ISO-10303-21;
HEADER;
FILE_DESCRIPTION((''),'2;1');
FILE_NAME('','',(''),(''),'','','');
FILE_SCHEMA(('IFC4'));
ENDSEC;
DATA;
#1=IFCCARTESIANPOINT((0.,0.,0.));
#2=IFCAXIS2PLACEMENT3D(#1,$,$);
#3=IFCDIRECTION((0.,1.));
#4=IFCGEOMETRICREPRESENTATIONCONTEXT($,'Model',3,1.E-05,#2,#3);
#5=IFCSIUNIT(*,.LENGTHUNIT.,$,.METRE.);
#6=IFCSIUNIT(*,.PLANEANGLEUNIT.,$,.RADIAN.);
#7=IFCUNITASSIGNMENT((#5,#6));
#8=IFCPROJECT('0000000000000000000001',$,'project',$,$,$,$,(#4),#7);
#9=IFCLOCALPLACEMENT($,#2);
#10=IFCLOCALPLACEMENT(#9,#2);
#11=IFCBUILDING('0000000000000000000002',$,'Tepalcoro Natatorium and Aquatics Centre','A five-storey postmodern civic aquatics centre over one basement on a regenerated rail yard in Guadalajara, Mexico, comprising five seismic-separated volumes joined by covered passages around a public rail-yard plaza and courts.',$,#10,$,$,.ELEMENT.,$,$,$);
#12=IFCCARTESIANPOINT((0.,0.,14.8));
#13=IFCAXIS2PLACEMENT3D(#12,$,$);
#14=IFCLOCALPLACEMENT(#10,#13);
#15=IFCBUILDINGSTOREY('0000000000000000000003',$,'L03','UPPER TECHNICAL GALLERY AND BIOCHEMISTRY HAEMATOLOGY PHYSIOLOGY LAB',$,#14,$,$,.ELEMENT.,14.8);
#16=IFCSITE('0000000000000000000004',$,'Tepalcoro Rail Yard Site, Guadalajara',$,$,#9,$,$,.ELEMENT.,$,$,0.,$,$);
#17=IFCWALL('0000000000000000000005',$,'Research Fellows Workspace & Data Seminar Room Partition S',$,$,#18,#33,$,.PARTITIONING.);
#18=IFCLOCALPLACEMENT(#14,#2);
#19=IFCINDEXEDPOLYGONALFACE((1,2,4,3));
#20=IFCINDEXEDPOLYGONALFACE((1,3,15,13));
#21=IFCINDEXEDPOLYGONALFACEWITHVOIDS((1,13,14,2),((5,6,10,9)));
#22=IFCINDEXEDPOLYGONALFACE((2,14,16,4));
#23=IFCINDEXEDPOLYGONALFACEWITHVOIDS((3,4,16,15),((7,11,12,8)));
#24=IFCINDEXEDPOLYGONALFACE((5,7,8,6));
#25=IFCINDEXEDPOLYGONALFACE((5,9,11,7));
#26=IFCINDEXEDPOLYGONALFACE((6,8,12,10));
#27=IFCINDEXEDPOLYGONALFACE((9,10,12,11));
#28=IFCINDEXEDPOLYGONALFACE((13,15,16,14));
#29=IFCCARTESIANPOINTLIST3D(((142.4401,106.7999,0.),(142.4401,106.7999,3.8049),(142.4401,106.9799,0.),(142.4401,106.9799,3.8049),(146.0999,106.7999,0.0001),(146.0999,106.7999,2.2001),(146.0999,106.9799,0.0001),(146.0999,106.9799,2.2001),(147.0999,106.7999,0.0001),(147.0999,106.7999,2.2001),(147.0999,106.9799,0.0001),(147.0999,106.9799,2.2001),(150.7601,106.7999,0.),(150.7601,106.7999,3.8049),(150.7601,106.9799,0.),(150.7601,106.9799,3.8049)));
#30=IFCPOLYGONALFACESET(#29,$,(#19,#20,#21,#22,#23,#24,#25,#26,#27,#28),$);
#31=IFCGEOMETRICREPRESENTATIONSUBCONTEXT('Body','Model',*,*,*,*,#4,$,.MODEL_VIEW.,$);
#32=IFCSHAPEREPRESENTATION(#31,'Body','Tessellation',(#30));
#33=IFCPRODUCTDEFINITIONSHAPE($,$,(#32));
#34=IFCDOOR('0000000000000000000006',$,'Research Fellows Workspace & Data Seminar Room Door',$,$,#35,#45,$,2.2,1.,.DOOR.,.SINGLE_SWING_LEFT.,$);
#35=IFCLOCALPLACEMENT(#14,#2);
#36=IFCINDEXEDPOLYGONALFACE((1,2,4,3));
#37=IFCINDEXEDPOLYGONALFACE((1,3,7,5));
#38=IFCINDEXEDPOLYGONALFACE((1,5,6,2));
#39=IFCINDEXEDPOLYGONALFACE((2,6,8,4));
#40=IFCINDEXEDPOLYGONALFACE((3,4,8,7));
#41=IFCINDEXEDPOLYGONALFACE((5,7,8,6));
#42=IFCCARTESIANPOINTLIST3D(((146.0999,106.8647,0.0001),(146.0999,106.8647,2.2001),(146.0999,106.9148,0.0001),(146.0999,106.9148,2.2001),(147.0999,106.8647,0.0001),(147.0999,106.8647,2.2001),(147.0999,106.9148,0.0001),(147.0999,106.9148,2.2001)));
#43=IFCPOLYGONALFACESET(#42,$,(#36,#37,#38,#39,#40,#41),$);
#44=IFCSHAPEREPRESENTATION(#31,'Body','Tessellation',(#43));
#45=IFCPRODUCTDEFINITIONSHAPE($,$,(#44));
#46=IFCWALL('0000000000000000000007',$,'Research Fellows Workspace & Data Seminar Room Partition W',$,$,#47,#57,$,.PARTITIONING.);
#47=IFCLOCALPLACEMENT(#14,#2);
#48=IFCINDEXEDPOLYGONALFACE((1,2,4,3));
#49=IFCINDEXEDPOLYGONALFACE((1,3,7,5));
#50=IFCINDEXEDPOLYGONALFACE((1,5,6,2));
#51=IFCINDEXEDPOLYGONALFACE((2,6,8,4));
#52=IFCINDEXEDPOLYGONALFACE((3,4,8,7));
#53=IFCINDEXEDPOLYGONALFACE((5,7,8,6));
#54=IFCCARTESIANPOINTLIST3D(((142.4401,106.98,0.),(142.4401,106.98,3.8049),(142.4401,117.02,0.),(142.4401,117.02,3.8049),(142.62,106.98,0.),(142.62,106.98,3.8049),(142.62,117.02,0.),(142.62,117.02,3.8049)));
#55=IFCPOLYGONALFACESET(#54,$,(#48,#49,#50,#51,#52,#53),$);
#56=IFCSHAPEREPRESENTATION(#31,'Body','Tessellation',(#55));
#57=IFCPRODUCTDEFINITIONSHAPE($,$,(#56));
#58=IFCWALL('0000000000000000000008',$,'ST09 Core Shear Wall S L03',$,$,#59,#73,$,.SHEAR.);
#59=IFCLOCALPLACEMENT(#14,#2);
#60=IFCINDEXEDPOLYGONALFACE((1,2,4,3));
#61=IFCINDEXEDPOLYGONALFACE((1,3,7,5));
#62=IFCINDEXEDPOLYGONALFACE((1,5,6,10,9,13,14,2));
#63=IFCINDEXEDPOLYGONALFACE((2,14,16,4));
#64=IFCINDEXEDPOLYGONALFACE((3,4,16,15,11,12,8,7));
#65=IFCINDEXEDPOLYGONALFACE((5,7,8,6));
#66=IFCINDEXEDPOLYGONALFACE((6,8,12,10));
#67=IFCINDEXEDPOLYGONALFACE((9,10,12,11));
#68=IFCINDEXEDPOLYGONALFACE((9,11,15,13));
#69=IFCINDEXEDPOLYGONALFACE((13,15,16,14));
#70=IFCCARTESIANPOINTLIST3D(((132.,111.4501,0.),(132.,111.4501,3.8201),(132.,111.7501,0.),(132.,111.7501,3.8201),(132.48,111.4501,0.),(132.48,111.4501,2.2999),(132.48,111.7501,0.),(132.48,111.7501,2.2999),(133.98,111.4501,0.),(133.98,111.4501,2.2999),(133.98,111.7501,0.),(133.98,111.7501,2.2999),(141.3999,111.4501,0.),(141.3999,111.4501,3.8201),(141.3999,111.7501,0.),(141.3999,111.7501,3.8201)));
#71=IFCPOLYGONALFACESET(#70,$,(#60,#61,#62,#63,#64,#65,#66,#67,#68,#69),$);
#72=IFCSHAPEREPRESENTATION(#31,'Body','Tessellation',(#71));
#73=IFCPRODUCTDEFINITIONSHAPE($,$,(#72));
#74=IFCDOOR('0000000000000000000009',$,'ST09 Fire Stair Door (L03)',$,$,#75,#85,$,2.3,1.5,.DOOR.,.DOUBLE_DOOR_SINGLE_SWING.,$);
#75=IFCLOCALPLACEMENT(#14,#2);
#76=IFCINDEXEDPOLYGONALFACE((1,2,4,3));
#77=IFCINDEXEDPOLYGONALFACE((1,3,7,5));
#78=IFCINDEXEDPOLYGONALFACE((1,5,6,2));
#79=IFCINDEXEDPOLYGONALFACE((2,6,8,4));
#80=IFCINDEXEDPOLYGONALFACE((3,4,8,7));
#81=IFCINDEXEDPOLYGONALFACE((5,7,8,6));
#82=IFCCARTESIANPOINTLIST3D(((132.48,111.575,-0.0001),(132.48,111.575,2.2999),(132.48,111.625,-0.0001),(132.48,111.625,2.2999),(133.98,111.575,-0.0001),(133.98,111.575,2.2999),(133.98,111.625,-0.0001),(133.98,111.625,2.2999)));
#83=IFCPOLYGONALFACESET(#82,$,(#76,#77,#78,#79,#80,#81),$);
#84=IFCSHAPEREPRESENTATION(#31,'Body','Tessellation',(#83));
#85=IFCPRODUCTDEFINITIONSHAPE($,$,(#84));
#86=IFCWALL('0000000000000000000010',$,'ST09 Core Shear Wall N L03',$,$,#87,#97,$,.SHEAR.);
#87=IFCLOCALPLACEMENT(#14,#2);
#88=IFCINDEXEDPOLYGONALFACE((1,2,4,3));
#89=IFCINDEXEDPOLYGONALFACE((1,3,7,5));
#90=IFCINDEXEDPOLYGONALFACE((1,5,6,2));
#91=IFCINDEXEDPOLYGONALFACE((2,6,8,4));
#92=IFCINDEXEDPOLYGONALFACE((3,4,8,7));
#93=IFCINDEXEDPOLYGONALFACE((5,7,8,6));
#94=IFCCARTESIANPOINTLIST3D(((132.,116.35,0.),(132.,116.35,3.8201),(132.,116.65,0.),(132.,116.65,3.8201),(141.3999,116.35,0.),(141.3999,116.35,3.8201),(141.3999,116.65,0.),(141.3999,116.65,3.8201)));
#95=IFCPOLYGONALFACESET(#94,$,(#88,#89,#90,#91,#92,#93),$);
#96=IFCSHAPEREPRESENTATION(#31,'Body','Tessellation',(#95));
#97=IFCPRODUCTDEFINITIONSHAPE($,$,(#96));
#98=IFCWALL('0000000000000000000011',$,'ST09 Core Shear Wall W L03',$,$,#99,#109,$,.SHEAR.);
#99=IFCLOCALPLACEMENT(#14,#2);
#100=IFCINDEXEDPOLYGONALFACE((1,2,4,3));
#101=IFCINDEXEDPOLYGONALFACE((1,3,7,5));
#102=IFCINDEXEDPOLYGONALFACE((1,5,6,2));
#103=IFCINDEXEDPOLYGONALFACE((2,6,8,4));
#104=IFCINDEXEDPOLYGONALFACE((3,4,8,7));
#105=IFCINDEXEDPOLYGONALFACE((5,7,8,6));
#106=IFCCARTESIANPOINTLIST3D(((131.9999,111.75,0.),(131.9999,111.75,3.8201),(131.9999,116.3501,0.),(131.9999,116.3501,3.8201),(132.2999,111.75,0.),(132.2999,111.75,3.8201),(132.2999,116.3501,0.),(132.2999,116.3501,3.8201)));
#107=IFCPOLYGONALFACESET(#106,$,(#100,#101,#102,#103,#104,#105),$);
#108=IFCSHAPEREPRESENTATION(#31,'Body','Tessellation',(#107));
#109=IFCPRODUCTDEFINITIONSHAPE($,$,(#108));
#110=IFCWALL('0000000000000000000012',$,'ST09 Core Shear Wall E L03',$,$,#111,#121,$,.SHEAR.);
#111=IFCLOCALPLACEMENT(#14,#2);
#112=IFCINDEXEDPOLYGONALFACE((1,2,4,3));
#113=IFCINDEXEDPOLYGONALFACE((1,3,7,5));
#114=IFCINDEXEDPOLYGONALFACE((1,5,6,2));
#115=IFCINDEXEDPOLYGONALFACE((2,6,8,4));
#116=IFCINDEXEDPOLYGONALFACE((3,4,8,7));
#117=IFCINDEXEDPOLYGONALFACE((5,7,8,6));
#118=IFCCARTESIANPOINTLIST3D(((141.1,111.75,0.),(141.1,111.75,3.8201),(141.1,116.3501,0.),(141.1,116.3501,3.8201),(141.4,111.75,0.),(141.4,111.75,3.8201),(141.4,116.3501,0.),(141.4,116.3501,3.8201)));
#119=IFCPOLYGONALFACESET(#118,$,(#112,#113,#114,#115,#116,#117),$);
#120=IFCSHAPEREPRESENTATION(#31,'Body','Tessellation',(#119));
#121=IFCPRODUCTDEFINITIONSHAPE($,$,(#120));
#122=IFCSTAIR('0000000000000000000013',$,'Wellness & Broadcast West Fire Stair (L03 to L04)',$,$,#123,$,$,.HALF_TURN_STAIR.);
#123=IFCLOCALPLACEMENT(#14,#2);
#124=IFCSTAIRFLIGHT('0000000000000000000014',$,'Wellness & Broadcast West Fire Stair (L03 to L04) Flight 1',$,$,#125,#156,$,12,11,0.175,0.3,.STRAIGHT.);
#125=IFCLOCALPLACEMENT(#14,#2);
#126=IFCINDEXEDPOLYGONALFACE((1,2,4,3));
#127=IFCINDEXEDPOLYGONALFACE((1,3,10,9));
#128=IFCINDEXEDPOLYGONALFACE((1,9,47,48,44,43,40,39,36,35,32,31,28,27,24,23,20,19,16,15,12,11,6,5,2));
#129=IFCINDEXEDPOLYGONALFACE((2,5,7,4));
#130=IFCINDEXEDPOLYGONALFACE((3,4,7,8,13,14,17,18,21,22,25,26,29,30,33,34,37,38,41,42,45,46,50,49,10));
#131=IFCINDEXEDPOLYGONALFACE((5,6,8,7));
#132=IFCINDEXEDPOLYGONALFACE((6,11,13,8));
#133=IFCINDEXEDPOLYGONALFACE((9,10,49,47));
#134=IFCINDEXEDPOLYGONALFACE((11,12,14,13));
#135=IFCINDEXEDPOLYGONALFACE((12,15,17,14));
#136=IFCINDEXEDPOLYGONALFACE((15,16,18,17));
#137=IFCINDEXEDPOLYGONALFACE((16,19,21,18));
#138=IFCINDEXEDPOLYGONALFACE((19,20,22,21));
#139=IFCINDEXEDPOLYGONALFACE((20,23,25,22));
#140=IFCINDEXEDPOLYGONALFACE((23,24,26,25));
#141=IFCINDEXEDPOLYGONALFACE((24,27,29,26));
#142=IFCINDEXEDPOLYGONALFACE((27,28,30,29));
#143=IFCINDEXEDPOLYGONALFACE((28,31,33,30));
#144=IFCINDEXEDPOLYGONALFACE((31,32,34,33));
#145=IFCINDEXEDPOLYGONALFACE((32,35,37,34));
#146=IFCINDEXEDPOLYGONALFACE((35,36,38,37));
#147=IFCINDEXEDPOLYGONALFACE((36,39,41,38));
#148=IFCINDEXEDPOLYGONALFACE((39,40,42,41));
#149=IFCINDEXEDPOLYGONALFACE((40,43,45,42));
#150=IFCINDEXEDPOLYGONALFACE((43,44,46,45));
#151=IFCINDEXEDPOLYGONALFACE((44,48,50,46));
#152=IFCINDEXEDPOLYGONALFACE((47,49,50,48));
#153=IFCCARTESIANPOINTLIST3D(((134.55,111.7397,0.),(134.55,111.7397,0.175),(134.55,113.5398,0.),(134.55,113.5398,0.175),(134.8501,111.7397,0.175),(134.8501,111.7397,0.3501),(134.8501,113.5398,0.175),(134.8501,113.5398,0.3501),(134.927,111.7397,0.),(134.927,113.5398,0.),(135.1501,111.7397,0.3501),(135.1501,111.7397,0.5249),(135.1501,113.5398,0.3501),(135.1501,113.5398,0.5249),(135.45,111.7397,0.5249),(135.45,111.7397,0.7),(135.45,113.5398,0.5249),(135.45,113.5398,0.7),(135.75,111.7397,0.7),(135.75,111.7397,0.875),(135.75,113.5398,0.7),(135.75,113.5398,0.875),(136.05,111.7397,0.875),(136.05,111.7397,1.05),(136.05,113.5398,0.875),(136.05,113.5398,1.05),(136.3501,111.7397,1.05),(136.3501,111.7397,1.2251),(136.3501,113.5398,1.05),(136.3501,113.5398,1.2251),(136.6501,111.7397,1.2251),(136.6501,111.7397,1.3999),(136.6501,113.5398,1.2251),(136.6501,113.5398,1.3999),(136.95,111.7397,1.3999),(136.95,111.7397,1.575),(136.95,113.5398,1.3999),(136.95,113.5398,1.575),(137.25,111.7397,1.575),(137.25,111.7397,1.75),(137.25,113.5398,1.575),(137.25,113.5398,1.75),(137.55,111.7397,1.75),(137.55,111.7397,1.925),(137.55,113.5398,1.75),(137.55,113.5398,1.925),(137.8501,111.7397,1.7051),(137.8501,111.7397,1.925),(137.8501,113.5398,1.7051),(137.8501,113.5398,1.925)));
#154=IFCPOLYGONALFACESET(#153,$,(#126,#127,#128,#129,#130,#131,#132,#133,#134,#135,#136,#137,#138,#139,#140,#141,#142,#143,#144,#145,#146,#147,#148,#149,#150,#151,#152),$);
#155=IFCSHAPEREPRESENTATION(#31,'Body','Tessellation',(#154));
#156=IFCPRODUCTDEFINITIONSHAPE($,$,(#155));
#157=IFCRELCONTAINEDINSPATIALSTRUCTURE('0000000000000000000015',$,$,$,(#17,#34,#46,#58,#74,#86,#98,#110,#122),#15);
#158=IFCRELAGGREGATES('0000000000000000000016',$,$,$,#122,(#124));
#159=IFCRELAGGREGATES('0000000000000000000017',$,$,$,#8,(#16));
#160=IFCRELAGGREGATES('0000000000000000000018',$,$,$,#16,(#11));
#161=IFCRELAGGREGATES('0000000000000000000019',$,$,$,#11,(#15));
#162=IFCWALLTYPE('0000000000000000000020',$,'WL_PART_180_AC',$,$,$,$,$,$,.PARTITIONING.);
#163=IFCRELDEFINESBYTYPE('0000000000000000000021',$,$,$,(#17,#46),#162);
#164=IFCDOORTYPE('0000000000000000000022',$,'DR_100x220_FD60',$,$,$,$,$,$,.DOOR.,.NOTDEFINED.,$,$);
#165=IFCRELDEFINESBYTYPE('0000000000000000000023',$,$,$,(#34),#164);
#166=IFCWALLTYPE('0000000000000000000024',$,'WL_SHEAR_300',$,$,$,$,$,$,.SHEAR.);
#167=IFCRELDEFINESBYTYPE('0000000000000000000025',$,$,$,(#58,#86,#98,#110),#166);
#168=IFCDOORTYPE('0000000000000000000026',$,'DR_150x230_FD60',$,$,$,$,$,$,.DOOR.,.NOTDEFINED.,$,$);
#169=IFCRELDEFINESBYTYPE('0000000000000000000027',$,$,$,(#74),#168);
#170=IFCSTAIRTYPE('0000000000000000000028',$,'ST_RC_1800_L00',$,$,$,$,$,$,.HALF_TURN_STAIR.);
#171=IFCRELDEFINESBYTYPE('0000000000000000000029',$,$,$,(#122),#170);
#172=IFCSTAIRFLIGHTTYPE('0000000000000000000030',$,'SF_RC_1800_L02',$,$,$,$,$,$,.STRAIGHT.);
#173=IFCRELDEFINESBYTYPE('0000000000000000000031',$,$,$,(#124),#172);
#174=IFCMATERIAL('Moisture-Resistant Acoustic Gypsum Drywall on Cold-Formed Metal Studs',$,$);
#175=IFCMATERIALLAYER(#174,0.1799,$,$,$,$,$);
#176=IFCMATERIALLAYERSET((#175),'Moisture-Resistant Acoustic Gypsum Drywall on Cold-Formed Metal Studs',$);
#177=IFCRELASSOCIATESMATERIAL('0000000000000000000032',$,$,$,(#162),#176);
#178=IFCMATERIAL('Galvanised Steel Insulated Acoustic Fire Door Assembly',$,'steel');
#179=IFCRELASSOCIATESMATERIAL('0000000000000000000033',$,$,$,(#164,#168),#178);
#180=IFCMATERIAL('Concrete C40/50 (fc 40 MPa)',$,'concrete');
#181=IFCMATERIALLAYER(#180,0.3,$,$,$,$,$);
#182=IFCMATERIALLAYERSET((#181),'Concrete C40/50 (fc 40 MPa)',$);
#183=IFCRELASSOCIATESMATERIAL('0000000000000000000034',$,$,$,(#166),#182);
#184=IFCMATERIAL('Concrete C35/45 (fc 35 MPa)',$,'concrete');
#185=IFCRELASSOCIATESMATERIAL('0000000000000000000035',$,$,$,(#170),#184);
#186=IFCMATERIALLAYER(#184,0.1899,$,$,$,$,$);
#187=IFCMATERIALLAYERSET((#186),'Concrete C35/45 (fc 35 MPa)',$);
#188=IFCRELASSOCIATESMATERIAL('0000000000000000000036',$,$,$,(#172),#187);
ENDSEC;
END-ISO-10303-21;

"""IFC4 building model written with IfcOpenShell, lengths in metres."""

from ifc_helpers import new_model, si_unit, direction, frame, frame_2d, origin, place, context, subcontext, project, spatial, polyline, rectangle, outline, extrude, material, layer, layer_set, type_object, element, fill, aggregate, save


model = new_model("IFC4")

# Units and contexts
model_context = context("Model", 3, precision=1e-05, world=origin(), true_north=direction((0.0, 1.0)))
body_context = subcontext(model_context, "Body", "Model", "MODEL_VIEW")
ifc_project = project(units=[si_unit("LENGTHUNIT", "METRE"), si_unit("PLANEANGLEUNIT", "RADIAN")], contexts=[model_context])

# Site, building, storey
site_placement = place(None, origin())
site = spatial("IfcSite", under=ifc_project, at=site_placement, Name="Tepalcoro Rail Yard Site, Guadalajara", CompositionType="ELEMENT", RefElevation=0.0)
building_placement = place(site_placement, origin())
building = spatial("IfcBuilding", under=site, at=building_placement, Name="Tepalcoro Natatorium and Aquatics Centre", Description="A five-storey postmodern civic aquatics centre over one basement on a regenerated rail yard in Guadalajara, Mexico, comprising five seismic-separated volumes joined by covered passages around a public rail-yard plaza and courts.", CompositionType="ELEMENT")
storey_placement = place(building_placement, frame((0.0, 0.0, 14.8)))
storey = spatial("IfcBuildingStorey", under=building, at=storey_placement, Name="L03", Description="UPPER TECHNICAL GALLERY AND BIOCHEMISTRY HAEMATOLOGY PHYSIOLOGY LAB", CompositionType="ELEMENT", Elevation=14.8)

# Shared definitions
ifc_material_1 = material(Name="Concrete C40/50 (fc 40 MPa)", Category="concrete")

# Wall, opening, door
ifc_material_2 = material(Name="Moisture-Resistant Acoustic Gypsum Drywall on Cold-Formed Metal Studs")
ifc_layer_1 = layer(ifc_material_2, 0.1799)
ifc_layer_set_1 = layer_set([ifc_layer_1], Name="Moisture-Resistant Acoustic Gypsum Drywall on Cold-Formed Metal Studs")
wall_type_1 = type_object("IfcWallType", Name="WL_PART_180_AC", PredefinedType="PARTITIONING", material=ifc_layer_set_1)
wall_1_placement = place(storey_placement, frame((142.4399, 106.8899, 0.0), z_axis=(0.0, 0.0, 1.0), x_axis=(1.0, 0.0, 0.0)))
wall_1 = element("IfcWall", 1, at=wall_1_placement, inside=storey, type_object=wall_type_1, Name="Research Fellows Workspace & Data Seminar Room Partition S", PredefinedType="PARTITIONING", context=body_context, shape_type="SweptSolid", body=[
    extrude(rectangle(XDim=8.3201, YDim=0.1799, at=frame_2d((4.1602, 0.0))), origin(), (0.0, 0.0, 1.0), 3.8049),
])
opening_1_placement = place(wall_1_placement, frame((3.6599, 0.0, 0.0)))
opening_1 = element("IfcOpeningElement", 2, at=opening_1_placement, cuts=wall_1, PredefinedType="OPENING", context=body_context, shape_type="SweptSolid", body=[
    extrude(rectangle(XDim=1.0, YDim=2.2, at=frame_2d((0.5, 1.1001))), frame((0.0, 0.1021, 0.0), z_axis=(0.0, -1.0, 0.0), x_axis=(1.0, 0.0, 0.0)), (0.0, 0.0, 1.0), 0.2039),
])
ifc_material_3 = material(Name="Galvanised Steel Insulated Acoustic Fire Door Assembly", Category="steel")
door_type_1 = type_object("IfcDoorType", Name="DR_100x220_FD60", OperationType="NOTDEFINED", PredefinedType="DOOR", material=ifc_material_3)
door_1_placement = place(opening_1_placement, origin())
door_1 = element("IfcDoor", 3, at=door_1_placement, inside=storey, type_object=door_type_1, Name="Research Fellows Workspace & Data Seminar Room Door", OperationType="SINGLE_SWING_LEFT", OverallHeight=2.2, OverallWidth=1.0, PredefinedType="DOOR", context=body_context, shape_type="SweptSolid", body=[
    extrude(rectangle(XDim=1.0, YDim=2.2, at=frame_2d((0.5, 1.1001))), frame((0.0, 0.0249, 0.0), z_axis=(0.0, -1.0, 0.0), x_axis=(1.0, 0.0, 0.0)), (0.0, 0.0, 1.0), 0.05),
])
fill(opening_1, door_1)

# Wall
wall_2_placement = place(storey_placement, frame((142.53, 106.98, 0.0), z_axis=(0.0, 0.0, 1.0), x_axis=(0.0, 1.0, 0.0)))
element("IfcWall", 4, at=wall_2_placement, inside=storey, type_object=wall_type_1, Name="Research Fellows Workspace & Data Seminar Room Partition W", PredefinedType="PARTITIONING", context=body_context, shape_type="SweptSolid", body=[
    extrude(rectangle(XDim=10.04, YDim=0.1799, at=frame_2d((5.02, 0.0))), origin(), (0.0, 0.0, 1.0), 3.8049),
])

# Wall, opening, door
ifc_layer_2 = layer(ifc_material_1, 0.3)
ifc_layer_set_2 = layer_set([ifc_layer_2], Name="Concrete C40/50 (fc 40 MPa)")
wall_type_2 = type_object("IfcWallType", Name="WL_SHEAR_300", PredefinedType="SHEAR", material=ifc_layer_set_2)
wall_3_placement = place(storey_placement, frame((132.0, 111.6001, 0.0), z_axis=(0.0, 0.0, 1.0), x_axis=(1.0, 0.0, 0.0)))
wall_3 = element("IfcWall", 5, at=wall_3_placement, inside=storey, type_object=wall_type_2, Name="ST09 Core Shear Wall S L03", PredefinedType="SHEAR", context=body_context, shape_type="SweptSolid", body=[
    extrude(rectangle(XDim=9.3999, YDim=0.3, at=frame_2d((4.7, 0.0))), origin(), (0.0, 0.0, 1.0), 3.8201),
])
opening_2_placement = place(wall_3_placement, frame((0.48, 0.0, 0.0)))
opening_2 = element("IfcOpeningElement", 6, at=opening_2_placement, cuts=wall_3, PredefinedType="OPENING", context=body_context, shape_type="SweptSolid", body=[
    extrude(rectangle(XDim=1.5, YDim=2.3, at=frame_2d((0.75, 1.1499))), frame((0.0, 0.1621, 0.0), z_axis=(0.0, -1.0, 0.0), x_axis=(1.0, 0.0, 0.0)), (0.0, 0.0, 1.0), 0.324),
])
door_type_2 = type_object("IfcDoorType", Name="DR_150x230_FD60", OperationType="NOTDEFINED", PredefinedType="DOOR", material=ifc_material_3)
door_2_placement = place(opening_2_placement, origin())
door_2 = element("IfcDoor", 7, at=door_2_placement, inside=storey, type_object=door_type_2, Name="ST09 Fire Stair Door (L03)", OperationType="DOUBLE_DOOR_SINGLE_SWING", OverallHeight=2.3, OverallWidth=1.5, PredefinedType="DOOR", context=body_context, shape_type="SweptSolid", body=[
    extrude(rectangle(XDim=1.5, YDim=2.3, at=frame_2d((0.75, 1.1499))), frame((0.0, 0.0249, 0.0), z_axis=(0.0, -1.0, 0.0), x_axis=(1.0, 0.0, 0.0)), (0.0, 0.0, 1.0), 0.05),
])
fill(opening_2, door_2)

# Walls
wall_4_placement = place(storey_placement, frame((132.0, 116.5, 0.0), z_axis=(0.0, 0.0, 1.0), x_axis=(1.0, 0.0, 0.0)))
element("IfcWall", 8, at=wall_4_placement, inside=storey, type_object=wall_type_2, Name="ST09 Core Shear Wall N L03", PredefinedType="SHEAR", context=body_context, shape_type="SweptSolid", body=[
    extrude(rectangle(XDim=9.3999, YDim=0.3, at=frame_2d((4.7, 0.0))), origin(), (0.0, 0.0, 1.0), 3.8201),
])
for number, where, z_axis, x_axis, name in (
    (9, (132.1499, 111.75, 0.0), (0.0, 0.0, 1.0), (0.0, 1.0, 0.0), "ST09 Core Shear Wall W L03"),
    (10, (141.25, 111.75, 0.0), (0.0, 0.0, 1.0), (0.0, 1.0, 0.0), "ST09 Core Shear Wall E L03"),
):
    element("IfcWall", number, at=place(storey_placement, frame(where, z_axis=z_axis, x_axis=x_axis)), inside=storey, type_object=wall_type_2, Name=name, PredefinedType="SHEAR", context=body_context, shape_type="SweptSolid", body=[
        extrude(rectangle(XDim=4.6001, YDim=0.3, at=frame_2d((2.3, 0.0))), origin(), (0.0, 0.0, 1.0), 3.8201),
    ])

# Stair, stair flight
ifc_material_4 = material(Name="Concrete C35/45 (fc 35 MPa)", Category="concrete")
stair_type = type_object("IfcStairType", Name="ST_RC_1800_L00", PredefinedType="HALF_TURN_STAIR", material=ifc_material_4)
stair_placement = place(storey_placement, origin())
stair = element("IfcStair", 11, at=stair_placement, inside=storey, type_object=stair_type, Name="Wellness & Broadcast West Fire Stair (L03 to L04)", PredefinedType="HALF_TURN_STAIR")
ifc_layer_3 = layer(ifc_material_4, 0.1899)
ifc_layer_set_3 = layer_set([ifc_layer_3], Name="Concrete C35/45 (fc 35 MPa)")
stair_flight_type = type_object("IfcStairFlightType", Name="SF_RC_1800_L02", PredefinedType="STRAIGHT", material=ifc_layer_set_3)
stair_flight_1_placement = place(storey_placement, frame((134.55, 112.6399, 0.0), z_axis=(0.0, 0.0, 1.0), x_axis=(1.0, 0.0, 0.0)))
stair_flight_1 = element("IfcStairFlight", 12, at=stair_flight_1_placement, type_object=stair_flight_type, Name="Wellness & Broadcast West Fire Stair (L03 to L04) Flight 1", NumberOfRisers=12, NumberOfTreads=11, PredefinedType="STRAIGHT", RiserHeight=0.175, TreadLength=0.3, context=body_context, shape_type="SweptSolid", body=[
    extrude(outline(polyline([(0.0, 0.0), (0.0, 0.175), (0.3, 0.175), (0.3, 0.3501), (0.6001, 0.3501), (0.6001, 0.5249), (0.8999, 0.5249), (0.8999, 0.7), (1.2, 0.7), (1.2, 0.875), (1.5, 0.875), (1.5, 1.05), (1.8, 1.05), (1.8, 1.2251), (2.1001, 1.2251), (2.1001, 1.3999), (2.3999, 1.3999), (2.3999, 1.575), (2.7, 1.575), (2.7, 1.75), (3.0, 1.75), (3.0, 1.925), (3.3, 1.925), (3.3, 2.1001), (3.3, 1.7051), (0.377, 0.0), (0.0, 0.0)])), frame((0.0, 0.8999, 0.0), z_axis=(0.0, -1.0, 0.0), x_axis=(1.0, 0.0, 0.0)), (0.0, 0.0, 1.0), 1.8),
])
aggregate(stair, [stair_flight_1])

save(model, "model.ifc")
